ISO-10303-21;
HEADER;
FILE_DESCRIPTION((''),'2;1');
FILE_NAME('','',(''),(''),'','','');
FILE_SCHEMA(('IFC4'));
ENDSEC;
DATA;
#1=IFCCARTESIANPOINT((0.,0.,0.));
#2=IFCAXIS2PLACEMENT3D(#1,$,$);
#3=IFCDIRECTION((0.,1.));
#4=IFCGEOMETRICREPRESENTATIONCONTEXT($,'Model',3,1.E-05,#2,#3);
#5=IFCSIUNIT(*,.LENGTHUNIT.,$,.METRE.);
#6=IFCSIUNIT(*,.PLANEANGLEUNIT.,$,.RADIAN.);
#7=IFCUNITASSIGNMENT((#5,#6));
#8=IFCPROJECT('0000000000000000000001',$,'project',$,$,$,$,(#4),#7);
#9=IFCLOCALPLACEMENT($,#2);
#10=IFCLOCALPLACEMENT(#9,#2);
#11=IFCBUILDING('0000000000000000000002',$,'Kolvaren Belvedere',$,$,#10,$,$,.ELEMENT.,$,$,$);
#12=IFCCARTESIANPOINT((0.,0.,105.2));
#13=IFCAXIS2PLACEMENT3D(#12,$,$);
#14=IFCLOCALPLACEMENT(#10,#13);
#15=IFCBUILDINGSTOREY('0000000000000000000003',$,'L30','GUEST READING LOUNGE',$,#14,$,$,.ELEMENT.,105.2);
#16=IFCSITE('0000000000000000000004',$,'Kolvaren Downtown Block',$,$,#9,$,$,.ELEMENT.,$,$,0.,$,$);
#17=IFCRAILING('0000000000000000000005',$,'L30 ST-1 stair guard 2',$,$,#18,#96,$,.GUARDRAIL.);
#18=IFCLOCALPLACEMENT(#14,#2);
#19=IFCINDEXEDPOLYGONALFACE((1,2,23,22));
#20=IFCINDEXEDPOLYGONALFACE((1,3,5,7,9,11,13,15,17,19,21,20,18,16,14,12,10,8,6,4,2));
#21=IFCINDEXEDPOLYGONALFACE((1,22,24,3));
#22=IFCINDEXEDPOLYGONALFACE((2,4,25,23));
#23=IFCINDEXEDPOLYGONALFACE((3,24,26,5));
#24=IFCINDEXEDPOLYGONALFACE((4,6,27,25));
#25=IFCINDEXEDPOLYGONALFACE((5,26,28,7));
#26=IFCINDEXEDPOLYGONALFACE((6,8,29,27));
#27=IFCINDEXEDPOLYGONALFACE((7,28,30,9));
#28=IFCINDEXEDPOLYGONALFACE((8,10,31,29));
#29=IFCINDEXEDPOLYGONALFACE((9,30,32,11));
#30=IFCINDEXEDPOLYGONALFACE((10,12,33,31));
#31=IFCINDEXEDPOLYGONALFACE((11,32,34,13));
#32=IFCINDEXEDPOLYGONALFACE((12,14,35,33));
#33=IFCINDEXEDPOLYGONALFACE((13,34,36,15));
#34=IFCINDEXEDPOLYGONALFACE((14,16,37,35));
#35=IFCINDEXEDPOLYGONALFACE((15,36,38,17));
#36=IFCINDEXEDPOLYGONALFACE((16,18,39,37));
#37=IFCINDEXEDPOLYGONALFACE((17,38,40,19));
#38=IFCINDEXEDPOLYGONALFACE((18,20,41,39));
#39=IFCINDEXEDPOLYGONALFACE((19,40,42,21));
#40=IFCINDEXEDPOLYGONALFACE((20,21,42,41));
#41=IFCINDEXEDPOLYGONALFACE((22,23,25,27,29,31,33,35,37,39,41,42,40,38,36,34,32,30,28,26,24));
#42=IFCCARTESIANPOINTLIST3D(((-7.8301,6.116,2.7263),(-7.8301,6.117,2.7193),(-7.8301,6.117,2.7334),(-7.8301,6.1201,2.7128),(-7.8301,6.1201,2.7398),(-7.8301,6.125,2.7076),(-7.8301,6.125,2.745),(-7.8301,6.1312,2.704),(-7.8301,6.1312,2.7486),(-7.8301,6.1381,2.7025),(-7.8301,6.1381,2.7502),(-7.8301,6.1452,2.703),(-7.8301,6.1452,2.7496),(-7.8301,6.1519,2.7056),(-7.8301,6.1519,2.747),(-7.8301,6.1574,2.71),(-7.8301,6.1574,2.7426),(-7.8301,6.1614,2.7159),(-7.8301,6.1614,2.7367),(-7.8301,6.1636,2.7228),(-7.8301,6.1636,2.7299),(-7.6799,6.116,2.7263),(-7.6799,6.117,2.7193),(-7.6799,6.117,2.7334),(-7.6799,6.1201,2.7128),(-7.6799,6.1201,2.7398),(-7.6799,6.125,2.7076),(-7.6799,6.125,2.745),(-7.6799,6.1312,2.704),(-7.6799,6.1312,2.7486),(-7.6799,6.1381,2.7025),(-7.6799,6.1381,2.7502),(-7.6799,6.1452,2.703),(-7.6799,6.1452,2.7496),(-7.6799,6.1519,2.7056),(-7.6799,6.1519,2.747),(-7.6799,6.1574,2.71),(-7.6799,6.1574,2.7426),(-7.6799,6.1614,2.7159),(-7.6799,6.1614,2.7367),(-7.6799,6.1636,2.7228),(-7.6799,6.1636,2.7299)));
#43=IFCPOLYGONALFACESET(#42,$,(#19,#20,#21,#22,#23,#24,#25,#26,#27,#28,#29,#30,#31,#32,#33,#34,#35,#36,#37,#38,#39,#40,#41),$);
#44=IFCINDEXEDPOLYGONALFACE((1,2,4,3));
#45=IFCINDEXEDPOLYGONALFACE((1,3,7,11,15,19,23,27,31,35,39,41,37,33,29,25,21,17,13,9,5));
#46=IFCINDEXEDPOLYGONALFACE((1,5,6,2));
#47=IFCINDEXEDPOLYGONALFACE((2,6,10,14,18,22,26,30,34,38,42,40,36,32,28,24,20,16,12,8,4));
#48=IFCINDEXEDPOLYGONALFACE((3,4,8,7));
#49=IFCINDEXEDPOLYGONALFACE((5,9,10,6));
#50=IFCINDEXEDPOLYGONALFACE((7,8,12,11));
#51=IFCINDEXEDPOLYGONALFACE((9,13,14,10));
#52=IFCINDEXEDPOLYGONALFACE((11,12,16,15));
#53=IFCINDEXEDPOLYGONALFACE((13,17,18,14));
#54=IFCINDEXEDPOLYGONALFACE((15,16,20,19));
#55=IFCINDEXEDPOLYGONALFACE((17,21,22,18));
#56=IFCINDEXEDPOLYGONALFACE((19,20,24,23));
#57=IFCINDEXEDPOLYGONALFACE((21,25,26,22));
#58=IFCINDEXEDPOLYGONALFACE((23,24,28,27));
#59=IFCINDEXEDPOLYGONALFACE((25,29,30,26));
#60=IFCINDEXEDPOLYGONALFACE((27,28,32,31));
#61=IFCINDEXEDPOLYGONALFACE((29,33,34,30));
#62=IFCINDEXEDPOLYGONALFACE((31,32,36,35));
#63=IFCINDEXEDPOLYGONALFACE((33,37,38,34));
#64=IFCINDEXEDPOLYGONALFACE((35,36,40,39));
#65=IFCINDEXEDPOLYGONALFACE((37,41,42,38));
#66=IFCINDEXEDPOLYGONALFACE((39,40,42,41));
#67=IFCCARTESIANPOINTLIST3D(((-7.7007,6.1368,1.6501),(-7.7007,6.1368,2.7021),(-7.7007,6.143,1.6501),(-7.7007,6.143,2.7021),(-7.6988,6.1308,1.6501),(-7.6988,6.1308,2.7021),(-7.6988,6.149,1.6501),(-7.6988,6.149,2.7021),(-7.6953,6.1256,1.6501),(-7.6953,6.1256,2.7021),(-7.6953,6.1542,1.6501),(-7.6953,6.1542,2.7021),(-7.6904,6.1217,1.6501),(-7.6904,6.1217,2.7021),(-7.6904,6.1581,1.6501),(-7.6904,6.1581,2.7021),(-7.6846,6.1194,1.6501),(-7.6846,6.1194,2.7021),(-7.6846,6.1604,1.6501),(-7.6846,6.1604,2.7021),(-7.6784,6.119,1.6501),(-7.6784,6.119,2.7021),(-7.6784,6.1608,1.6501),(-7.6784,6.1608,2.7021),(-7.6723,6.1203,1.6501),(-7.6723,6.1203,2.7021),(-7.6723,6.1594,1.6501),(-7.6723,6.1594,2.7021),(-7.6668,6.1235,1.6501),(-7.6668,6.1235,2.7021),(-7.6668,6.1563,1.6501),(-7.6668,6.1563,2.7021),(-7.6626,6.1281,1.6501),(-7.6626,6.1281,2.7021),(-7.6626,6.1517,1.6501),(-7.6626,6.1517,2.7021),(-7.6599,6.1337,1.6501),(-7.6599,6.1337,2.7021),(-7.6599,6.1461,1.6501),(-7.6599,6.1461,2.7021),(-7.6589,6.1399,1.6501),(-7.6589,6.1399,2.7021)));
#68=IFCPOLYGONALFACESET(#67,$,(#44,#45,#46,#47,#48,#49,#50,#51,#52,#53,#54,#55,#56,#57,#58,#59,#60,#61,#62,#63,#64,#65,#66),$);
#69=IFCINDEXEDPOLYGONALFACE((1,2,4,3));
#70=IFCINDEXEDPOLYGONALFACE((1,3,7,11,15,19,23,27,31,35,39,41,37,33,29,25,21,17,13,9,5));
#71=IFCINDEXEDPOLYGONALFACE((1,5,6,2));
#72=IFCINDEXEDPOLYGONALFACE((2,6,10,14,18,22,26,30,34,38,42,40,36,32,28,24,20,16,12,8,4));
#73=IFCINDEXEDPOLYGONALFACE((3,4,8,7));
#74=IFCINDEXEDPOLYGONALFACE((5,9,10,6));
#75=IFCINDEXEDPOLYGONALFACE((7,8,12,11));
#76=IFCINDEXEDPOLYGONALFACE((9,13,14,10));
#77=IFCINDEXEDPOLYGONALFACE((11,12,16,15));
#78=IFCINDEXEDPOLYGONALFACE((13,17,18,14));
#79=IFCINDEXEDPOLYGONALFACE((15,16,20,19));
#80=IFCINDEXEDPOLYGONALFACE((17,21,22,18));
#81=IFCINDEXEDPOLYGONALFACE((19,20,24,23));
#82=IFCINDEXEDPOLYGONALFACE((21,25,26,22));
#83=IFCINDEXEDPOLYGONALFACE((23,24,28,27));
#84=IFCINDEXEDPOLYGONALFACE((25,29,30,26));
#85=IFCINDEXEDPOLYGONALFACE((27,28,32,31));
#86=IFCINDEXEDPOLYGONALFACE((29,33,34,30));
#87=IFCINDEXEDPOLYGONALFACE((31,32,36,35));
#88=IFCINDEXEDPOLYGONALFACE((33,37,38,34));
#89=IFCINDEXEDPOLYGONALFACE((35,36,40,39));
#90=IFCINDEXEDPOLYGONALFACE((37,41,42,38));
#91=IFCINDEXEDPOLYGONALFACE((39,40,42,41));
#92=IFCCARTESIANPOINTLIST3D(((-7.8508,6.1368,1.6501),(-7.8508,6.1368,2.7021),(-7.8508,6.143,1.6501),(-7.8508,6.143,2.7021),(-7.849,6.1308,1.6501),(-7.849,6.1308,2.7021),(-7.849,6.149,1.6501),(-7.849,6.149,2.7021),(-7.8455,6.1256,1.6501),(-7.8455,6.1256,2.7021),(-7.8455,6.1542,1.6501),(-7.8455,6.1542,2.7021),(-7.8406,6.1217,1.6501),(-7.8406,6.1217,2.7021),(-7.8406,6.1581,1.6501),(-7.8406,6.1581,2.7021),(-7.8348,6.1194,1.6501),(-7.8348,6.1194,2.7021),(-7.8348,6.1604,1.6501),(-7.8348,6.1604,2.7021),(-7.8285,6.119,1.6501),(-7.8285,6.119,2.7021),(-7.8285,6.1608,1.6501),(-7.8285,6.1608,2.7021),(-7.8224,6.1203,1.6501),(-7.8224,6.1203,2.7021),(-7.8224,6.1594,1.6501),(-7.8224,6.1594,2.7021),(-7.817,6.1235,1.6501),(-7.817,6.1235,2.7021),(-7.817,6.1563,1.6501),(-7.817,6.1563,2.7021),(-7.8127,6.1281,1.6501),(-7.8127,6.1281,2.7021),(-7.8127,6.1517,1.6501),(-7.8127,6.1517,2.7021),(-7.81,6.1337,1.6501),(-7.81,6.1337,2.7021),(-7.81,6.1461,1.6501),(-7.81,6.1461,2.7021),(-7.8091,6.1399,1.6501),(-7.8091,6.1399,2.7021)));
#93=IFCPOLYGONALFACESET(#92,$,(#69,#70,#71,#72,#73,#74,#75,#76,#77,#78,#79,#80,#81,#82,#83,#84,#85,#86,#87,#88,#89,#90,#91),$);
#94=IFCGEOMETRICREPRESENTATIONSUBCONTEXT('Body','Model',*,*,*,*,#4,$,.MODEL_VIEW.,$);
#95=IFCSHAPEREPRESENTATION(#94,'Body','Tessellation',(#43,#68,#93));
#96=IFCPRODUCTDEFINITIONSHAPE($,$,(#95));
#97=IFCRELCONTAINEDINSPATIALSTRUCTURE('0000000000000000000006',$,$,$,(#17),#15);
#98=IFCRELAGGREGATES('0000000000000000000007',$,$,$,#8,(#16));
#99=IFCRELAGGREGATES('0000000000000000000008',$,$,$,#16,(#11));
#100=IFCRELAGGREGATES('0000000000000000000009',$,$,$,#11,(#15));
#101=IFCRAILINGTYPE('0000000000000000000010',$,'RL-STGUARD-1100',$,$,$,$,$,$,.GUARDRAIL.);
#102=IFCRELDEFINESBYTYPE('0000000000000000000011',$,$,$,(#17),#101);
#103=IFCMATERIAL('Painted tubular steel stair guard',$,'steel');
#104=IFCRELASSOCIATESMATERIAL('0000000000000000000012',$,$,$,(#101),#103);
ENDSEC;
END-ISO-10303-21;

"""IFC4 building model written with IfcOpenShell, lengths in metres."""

from ifc_helpers import new_model, si_unit, direction, frame, origin, origin_2d, place, context, subcontext, project, spatial, circle, extrude, material, type_object, element, save


model = new_model("IFC4")

# Units and contexts
model_context = context("Model", 3, precision=1e-05, world=origin(), true_north=direction((0.0, 1.0)))
body_context = subcontext(model_context, "Body", "Model", "MODEL_VIEW")
ifc_project = project(units=[si_unit("LENGTHUNIT", "METRE"), si_unit("PLANEANGLEUNIT", "RADIAN")], contexts=[model_context])

# Site, building, storey
site_placement = place(None, origin())
site = spatial("IfcSite", under=ifc_project, at=site_placement, Name="Kolvaren Downtown Block", CompositionType="ELEMENT", RefElevation=0.0)
building_placement = place(site_placement, origin())
building = spatial("IfcBuilding", under=site, at=building_placement, Name="Kolvaren Belvedere", CompositionType="ELEMENT")
storey_placement = place(building_placement, frame((0.0, 0.0, 105.2)))
storey = spatial("IfcBuildingStorey", under=building, at=storey_placement, Name="L30", Description="GUEST READING LOUNGE", CompositionType="ELEMENT", Elevation=105.2)

# Railing
ifc_material_1 = material(Name="Painted tubular steel stair guard", Category="steel")
railing_type_1 = type_object("IfcRailingType", Name="RL-STGUARD-1100", PredefinedType="GUARDRAIL", material=ifc_material_1)
railing_1_placement = place(storey_placement, frame((-7.6799, 6.1399, 1.6501)))
element("IfcRailing", 1, at=railing_1_placement, inside=storey, type_object=railing_type_1, Name="L30 ST-1 stair guard 2", PredefinedType="GUARDRAIL", context=body_context, shape_type="SweptSolid", body=[
    extrude(circle(Radius=0.0239, at=origin_2d()), frame((0.0, 0.0, 1.0762), z_axis=(-1.0, 0.0, 0.0), x_axis=(0.0, -1.0, 0.0)), (0.0, 0.0, 1.0), 0.1501),
    extrude(circle(Radius=0.021, at=origin_2d()), origin(), (0.0, 0.0, 1.0), 1.052),
    extrude(circle(Radius=0.021, at=origin_2d()), frame((-0.1501, 0.0, 0.0)), (0.0, 0.0, 1.0), 1.052),
])

save(model, "model.ifc")
